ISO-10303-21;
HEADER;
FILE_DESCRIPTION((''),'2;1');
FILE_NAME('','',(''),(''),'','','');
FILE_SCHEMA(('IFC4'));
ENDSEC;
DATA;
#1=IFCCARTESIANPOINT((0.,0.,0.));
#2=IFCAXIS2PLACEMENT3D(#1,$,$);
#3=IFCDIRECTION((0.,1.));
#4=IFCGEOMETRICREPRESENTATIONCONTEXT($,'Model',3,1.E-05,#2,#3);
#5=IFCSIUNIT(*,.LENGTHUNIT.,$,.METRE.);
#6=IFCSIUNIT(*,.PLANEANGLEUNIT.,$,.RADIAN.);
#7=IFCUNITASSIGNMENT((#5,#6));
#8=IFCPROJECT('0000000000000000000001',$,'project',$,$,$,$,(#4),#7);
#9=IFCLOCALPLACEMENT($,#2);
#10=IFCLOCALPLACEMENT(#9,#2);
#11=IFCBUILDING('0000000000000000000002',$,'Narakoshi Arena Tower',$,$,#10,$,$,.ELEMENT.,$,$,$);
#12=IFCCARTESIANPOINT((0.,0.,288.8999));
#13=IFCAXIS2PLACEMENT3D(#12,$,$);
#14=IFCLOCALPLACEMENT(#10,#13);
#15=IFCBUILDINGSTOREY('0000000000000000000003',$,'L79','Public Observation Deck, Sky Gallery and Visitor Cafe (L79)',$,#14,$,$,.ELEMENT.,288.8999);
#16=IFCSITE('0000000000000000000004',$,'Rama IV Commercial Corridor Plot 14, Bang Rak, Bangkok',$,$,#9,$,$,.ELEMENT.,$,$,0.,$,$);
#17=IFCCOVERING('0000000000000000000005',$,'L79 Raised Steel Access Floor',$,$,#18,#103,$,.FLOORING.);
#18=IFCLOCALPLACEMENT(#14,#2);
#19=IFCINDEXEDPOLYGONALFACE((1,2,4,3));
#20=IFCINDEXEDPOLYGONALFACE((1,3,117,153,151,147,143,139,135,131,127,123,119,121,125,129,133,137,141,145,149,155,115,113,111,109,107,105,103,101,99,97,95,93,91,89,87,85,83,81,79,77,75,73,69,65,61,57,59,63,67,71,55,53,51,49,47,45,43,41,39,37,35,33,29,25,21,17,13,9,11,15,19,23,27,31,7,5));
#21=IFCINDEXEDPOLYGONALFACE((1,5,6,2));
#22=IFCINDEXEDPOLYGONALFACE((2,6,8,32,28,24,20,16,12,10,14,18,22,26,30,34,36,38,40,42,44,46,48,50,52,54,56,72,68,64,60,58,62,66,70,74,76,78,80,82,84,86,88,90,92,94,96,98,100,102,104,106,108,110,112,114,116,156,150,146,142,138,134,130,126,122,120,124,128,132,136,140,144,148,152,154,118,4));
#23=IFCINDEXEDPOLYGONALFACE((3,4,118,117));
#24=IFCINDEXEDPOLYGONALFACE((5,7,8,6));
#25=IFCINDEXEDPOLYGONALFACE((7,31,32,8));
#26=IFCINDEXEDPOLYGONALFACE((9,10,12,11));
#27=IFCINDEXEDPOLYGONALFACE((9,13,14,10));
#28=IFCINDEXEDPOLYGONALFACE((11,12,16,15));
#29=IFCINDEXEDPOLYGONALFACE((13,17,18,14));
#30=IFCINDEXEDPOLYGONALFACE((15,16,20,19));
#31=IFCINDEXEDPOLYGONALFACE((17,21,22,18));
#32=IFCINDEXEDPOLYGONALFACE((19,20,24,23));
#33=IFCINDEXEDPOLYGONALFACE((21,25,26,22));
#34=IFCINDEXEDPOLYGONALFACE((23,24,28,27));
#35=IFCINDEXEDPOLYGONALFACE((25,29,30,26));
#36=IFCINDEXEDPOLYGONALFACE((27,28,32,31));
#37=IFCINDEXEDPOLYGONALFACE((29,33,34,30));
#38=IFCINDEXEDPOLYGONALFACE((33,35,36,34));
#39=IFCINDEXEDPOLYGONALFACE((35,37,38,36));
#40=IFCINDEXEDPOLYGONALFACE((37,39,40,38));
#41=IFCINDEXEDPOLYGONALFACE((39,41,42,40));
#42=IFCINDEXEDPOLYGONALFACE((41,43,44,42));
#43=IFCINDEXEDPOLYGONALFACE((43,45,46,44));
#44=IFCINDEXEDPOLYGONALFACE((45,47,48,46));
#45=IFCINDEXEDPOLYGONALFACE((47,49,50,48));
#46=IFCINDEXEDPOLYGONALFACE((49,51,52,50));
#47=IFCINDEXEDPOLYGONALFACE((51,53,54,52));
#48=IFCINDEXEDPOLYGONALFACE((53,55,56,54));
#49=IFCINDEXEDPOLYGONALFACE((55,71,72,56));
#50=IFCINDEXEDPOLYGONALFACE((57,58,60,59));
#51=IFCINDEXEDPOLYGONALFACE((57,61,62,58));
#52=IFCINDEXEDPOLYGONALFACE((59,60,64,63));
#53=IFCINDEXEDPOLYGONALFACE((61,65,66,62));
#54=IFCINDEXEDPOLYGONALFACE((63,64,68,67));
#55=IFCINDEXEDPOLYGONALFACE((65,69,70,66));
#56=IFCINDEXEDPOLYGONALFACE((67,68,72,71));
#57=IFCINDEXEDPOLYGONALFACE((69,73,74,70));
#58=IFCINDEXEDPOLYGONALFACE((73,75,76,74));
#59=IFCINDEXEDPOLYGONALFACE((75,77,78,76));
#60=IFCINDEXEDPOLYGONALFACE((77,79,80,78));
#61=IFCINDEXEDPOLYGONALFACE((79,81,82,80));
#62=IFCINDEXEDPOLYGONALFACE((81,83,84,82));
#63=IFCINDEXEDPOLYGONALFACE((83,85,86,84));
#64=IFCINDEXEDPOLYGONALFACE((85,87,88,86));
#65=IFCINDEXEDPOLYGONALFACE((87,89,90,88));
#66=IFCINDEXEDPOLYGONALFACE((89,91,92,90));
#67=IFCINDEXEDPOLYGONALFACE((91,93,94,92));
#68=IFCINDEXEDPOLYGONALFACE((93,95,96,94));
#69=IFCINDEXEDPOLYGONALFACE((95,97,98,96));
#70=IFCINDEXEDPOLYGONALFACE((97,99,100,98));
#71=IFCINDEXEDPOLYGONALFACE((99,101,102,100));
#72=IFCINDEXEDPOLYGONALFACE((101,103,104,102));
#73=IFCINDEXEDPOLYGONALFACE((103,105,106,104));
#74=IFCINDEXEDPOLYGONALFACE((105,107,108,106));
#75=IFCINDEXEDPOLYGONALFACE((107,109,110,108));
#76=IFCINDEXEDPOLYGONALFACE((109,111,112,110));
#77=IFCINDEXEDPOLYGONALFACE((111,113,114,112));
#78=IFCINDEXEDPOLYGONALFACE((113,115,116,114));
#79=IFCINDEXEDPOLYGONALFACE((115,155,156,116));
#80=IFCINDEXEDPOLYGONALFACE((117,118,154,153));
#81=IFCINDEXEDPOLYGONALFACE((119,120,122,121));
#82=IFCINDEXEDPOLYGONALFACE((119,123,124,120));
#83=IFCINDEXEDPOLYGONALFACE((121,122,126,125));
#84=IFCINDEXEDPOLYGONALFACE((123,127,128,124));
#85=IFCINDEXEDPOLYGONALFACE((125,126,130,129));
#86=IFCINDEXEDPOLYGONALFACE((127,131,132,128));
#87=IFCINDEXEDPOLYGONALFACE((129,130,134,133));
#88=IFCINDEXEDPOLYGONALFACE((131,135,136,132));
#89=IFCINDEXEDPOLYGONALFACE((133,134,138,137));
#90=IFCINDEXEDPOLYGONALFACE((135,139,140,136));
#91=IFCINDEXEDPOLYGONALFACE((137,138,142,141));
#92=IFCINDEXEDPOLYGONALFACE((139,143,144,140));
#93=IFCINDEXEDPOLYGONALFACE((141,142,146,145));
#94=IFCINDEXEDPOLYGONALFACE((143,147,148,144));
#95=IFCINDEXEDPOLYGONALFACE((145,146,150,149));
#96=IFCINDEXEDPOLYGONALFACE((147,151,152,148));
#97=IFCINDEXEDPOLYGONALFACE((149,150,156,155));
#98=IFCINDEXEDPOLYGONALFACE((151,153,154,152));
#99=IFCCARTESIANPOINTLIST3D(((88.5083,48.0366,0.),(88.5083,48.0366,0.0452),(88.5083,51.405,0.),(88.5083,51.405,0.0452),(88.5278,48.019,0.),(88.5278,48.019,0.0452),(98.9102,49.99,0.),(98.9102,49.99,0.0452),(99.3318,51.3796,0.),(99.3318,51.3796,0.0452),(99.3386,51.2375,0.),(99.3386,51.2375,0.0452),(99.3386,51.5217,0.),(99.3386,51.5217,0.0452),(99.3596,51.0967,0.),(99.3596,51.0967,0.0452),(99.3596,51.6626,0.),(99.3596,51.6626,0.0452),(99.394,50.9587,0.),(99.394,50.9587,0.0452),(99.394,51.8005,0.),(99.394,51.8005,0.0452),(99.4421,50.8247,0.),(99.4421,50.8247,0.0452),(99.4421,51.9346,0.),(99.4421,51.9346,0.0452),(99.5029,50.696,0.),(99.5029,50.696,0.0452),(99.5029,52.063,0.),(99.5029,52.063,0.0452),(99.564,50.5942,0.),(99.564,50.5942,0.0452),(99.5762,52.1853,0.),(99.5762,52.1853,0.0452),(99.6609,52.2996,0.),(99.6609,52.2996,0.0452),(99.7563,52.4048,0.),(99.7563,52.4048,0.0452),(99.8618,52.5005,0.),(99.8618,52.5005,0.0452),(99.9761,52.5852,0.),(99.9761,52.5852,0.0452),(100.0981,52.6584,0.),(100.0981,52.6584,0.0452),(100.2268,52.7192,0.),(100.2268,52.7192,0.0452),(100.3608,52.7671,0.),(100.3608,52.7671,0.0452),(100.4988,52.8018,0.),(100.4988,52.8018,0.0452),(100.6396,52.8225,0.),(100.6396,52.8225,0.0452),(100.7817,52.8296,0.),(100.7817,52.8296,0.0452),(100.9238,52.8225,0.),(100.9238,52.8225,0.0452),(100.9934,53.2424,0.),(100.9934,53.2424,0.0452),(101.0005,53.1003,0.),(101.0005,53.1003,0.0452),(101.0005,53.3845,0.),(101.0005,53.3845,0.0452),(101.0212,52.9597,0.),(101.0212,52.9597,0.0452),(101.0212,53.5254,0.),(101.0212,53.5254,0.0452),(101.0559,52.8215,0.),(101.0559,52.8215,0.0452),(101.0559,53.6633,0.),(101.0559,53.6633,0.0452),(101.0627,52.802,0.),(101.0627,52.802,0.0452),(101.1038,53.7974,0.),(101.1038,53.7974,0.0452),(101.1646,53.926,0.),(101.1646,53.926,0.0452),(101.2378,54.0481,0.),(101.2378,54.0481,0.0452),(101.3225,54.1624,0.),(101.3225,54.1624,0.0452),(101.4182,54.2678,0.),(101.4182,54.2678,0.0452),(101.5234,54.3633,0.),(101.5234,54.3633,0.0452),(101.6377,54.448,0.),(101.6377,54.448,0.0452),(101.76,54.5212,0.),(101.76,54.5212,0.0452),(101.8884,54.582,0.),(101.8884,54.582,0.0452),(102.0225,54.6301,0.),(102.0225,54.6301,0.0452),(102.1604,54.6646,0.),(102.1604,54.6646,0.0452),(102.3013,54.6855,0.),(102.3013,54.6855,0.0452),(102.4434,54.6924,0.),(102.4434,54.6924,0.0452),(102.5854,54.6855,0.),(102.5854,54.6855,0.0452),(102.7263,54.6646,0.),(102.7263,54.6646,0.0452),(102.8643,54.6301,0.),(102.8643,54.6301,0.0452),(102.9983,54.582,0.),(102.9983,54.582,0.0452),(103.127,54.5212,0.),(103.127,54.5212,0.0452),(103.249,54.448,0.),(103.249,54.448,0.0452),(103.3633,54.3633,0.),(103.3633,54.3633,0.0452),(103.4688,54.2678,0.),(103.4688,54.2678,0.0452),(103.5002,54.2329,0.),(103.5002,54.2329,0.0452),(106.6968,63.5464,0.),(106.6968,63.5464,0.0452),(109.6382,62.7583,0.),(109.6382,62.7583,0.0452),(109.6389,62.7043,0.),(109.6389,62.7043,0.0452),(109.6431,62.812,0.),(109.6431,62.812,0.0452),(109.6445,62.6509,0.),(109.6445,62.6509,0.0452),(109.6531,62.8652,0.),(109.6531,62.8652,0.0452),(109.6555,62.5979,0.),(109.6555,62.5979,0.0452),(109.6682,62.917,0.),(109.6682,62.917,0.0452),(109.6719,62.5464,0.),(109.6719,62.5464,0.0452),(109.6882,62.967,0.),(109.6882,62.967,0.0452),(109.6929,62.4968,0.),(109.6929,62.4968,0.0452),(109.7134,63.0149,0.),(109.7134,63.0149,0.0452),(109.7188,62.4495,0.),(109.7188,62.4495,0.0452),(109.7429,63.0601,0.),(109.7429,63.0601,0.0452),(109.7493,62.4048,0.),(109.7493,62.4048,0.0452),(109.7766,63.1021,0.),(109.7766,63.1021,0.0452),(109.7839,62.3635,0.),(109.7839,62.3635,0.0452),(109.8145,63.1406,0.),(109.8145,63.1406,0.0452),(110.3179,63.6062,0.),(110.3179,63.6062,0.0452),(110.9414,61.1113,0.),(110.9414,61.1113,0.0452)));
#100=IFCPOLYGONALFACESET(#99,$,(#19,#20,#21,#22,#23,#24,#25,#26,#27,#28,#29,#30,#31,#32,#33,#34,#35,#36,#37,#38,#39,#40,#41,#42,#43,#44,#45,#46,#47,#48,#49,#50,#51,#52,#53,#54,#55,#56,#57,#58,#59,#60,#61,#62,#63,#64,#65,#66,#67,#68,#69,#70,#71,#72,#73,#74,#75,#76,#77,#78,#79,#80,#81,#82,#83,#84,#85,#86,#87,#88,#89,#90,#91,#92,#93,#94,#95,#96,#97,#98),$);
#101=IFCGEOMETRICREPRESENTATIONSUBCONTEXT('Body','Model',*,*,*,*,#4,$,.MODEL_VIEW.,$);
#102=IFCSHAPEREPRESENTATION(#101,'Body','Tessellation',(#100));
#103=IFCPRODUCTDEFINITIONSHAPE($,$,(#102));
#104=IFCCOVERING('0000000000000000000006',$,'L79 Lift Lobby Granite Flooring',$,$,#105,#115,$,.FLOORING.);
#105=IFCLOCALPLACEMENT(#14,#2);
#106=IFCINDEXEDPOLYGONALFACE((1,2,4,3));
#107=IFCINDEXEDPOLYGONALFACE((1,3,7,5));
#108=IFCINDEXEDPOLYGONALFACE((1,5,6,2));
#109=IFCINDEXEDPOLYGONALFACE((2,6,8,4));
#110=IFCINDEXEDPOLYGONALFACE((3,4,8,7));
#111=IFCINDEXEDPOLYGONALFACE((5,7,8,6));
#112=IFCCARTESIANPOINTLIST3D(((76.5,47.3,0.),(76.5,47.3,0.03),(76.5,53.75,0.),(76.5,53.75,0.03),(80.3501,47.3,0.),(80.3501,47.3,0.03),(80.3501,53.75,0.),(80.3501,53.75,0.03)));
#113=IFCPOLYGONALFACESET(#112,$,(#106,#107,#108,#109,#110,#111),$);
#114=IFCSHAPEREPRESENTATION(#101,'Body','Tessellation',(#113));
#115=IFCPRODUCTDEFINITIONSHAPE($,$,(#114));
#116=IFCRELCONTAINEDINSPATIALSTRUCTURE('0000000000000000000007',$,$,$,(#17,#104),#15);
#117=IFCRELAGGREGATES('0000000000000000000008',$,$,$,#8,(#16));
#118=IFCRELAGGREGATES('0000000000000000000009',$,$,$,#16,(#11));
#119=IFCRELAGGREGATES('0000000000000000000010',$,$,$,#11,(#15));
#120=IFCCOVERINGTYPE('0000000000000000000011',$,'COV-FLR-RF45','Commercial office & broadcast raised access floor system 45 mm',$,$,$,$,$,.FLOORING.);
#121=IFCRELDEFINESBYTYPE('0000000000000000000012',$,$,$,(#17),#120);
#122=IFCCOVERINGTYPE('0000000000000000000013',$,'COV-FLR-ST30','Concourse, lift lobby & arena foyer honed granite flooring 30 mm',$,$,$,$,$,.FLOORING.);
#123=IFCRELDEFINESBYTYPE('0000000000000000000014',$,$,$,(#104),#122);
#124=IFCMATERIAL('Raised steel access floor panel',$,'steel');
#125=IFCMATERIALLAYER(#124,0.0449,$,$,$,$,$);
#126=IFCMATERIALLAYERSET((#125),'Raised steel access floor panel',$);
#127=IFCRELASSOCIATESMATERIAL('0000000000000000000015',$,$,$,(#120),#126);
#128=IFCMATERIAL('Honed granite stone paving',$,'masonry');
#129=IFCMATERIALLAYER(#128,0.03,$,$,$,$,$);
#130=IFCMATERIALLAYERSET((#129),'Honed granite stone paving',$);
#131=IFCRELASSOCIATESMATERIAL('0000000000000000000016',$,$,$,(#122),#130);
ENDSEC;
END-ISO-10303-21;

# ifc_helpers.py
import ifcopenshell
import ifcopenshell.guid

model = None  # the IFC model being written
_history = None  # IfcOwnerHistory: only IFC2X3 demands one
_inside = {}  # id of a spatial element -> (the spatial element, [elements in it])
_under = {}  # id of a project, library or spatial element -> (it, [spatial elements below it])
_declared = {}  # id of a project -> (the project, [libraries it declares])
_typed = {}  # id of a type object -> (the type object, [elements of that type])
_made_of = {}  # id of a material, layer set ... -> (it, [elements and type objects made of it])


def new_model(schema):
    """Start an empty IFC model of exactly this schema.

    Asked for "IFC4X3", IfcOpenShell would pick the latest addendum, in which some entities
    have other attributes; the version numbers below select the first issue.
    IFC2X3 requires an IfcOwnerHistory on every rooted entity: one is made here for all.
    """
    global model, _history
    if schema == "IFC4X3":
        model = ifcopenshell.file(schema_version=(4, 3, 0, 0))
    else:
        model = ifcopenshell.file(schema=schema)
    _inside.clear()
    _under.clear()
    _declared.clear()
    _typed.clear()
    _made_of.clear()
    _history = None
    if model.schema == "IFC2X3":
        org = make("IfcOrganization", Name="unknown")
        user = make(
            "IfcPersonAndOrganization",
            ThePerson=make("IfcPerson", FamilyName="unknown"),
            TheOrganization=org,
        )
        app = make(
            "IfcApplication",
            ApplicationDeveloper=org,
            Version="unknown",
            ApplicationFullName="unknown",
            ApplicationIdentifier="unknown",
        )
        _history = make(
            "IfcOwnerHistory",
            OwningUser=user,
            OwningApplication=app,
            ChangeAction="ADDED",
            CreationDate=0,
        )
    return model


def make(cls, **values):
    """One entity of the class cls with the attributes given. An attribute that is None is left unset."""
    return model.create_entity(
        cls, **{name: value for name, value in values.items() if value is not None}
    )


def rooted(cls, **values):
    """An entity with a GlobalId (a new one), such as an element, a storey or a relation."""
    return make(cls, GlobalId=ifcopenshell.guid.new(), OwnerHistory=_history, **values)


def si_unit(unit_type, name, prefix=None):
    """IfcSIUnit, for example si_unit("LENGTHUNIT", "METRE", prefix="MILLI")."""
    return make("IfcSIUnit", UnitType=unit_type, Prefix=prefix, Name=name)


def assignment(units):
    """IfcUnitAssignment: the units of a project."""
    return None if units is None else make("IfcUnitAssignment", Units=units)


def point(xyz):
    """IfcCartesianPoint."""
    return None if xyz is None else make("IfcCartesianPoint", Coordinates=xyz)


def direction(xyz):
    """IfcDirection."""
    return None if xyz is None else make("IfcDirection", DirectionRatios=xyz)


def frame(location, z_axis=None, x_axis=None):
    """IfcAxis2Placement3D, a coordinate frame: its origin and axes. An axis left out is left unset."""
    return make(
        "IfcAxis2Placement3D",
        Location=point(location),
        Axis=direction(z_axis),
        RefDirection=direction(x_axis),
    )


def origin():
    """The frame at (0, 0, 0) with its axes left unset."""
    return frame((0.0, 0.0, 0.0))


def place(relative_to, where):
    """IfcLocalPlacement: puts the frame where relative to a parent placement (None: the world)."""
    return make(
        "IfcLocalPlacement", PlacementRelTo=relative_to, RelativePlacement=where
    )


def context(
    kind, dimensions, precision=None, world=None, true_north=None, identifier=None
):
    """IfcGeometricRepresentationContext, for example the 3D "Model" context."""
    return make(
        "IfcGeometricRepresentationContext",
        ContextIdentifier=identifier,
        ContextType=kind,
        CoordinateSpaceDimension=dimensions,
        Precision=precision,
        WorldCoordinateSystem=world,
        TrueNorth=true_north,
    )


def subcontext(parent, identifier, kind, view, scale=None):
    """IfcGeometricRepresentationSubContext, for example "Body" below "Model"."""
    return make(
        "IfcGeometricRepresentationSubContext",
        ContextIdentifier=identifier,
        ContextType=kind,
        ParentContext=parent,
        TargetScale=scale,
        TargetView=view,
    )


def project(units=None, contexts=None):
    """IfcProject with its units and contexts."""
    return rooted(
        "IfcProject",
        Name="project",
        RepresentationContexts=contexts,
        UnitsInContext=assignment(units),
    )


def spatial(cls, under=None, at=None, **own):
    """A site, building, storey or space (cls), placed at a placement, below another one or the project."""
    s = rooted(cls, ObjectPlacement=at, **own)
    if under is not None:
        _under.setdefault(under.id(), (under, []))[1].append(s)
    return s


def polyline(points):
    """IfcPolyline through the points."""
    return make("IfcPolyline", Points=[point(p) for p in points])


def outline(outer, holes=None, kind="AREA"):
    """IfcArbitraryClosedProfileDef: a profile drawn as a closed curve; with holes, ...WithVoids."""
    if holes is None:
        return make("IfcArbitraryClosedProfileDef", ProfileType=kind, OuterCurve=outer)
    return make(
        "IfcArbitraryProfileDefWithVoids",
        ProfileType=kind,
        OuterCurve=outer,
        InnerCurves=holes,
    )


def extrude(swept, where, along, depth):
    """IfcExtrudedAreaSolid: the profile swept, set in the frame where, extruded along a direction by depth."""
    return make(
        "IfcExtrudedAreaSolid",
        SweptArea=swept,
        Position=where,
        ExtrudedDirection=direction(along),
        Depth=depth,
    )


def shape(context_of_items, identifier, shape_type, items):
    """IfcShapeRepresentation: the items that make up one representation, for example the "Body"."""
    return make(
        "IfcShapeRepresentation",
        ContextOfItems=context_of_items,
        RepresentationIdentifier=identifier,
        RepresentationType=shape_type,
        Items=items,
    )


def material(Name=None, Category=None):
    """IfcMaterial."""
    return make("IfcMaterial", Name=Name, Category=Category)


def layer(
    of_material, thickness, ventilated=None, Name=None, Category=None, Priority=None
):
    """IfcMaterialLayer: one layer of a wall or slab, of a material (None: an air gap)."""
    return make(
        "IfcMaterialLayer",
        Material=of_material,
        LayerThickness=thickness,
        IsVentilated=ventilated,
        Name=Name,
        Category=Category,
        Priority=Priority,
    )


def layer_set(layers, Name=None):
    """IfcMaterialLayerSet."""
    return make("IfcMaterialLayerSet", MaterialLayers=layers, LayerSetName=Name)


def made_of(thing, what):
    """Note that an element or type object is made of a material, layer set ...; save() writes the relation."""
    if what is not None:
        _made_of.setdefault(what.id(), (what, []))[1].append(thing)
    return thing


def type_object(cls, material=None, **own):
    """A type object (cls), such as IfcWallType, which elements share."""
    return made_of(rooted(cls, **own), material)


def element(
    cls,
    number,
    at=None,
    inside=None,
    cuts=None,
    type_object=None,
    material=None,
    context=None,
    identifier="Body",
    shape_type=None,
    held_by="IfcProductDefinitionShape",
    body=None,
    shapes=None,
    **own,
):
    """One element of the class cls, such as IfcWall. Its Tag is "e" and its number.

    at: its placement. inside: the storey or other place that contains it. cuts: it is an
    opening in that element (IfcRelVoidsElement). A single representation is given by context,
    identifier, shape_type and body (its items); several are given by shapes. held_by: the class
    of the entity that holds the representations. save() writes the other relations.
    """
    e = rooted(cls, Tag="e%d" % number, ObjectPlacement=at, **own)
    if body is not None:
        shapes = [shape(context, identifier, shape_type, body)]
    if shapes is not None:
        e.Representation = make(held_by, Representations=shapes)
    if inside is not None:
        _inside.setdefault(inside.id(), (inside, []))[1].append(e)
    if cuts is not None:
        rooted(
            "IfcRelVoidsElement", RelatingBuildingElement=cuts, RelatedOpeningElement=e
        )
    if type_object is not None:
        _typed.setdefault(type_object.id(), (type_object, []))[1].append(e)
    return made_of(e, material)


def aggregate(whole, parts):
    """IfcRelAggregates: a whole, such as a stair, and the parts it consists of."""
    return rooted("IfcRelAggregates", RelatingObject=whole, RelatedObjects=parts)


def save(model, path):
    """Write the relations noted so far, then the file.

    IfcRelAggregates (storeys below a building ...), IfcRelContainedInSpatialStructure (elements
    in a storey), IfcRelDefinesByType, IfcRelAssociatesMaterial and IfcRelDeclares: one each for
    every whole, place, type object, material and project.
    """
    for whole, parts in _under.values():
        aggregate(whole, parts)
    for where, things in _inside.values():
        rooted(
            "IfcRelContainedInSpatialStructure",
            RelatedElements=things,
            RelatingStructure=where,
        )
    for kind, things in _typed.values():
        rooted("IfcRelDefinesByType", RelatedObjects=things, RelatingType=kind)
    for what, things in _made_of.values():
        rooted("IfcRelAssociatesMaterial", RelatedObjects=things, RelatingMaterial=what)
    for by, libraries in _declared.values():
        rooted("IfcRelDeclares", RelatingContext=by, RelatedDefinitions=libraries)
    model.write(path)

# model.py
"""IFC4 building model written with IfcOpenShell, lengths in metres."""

from ifc_helpers import new_model, si_unit, direction, frame, origin, place, context, subcontext, project, spatial, polyline, outline, extrude, material, layer, layer_set, type_object, element, save


model = new_model("IFC4")

# Units and contexts
model_context = context("Model", 3, precision=1e-05, world=origin(), true_north=direction((0.0, 1.0)))
body_context = subcontext(model_context, "Body", "Model", "MODEL_VIEW")
ifc_project = project(units=[si_unit("LENGTHUNIT", "METRE"), si_unit("PLANEANGLEUNIT", "RADIAN")], contexts=[model_context])

# Site, building, storey
site_placement = place(None, origin())
site = spatial("IfcSite", under=ifc_project, at=site_placement, Name="Rama IV Commercial Corridor Plot 14, Bang Rak, Bangkok", CompositionType="ELEMENT", RefElevation=0.0)
building_placement = place(site_placement, origin())
building = spatial("IfcBuilding", under=site, at=building_placement, Name="Narakoshi Arena Tower", CompositionType="ELEMENT")
storey_placement = place(building_placement, frame((0.0, 0.0, 288.8999)))
storey = spatial("IfcBuildingStorey", under=building, at=storey_placement, Name="L79", Description="Public Observation Deck, Sky Gallery and Visitor Cafe (L79)", CompositionType="ELEMENT", Elevation=288.8999)

# Coverings
ifc_material_1 = material(Name="Raised steel access floor panel", Category="steel")
ifc_layer_1 = layer(ifc_material_1, 0.0449)
ifc_layer_set_1 = layer_set([ifc_layer_1], Name="Raised steel access floor panel")
covering_type_1 = type_object("IfcCoveringType", Name="COV-FLR-RF45", Description="Commercial office & broadcast raised access floor system 45 mm", PredefinedType="FLOORING", material=ifc_layer_set_1)
covering_1_placement = place(storey_placement, origin())
element("IfcCovering", 1, at=covering_1_placement, inside=storey, type_object=covering_type_1, Name="L79 Raised Steel Access Floor", PredefinedType="FLOORING", context=body_context, shape_type="SweptSolid", body=[
    extrude(outline(polyline([(88.5083, 51.405), (106.6968, 63.5464), (110.3179, 63.6062), (109.8145, 63.1406), (109.7766, 63.1021), (109.7429, 63.0601), (109.7134, 63.0149), (109.6882, 62.967), (109.6682, 62.917), (109.6531, 62.8652), (109.6431, 62.812), (109.6382, 62.7583), (109.6389, 62.7043), (109.6445, 62.6509), (109.6555, 62.5979), (109.6719, 62.5464), (109.6929, 62.4968), (109.7188, 62.4495), (109.7493, 62.4048), (109.7839, 62.3635), (110.9414, 61.1113), (103.5002, 54.2329), (103.4688, 54.2678), (103.3633, 54.3633), (103.249, 54.448), (103.127, 54.5212), (102.9983, 54.582), (102.8643, 54.6301), (102.7263, 54.6646), (102.5854, 54.6855), (102.4434, 54.6924), (102.3013, 54.6855), (102.1604, 54.6646), (102.0225, 54.6301), (101.8884, 54.582), (101.76, 54.5212), (101.6377, 54.448), (101.5234, 54.3633), (101.4182, 54.2678), (101.3225, 54.1624), (101.2378, 54.0481), (101.1646, 53.926), (101.1038, 53.7974), (101.0559, 53.6633), (101.0212, 53.5254), (101.0005, 53.3845), (100.9934, 53.2424), (101.0005, 53.1003), (101.0212, 52.9597), (101.0559, 52.8215), (101.0627, 52.802), (100.9238, 52.8225), (100.7817, 52.8296), (100.6396, 52.8225), (100.4988, 52.8018), (100.3608, 52.7671), (100.2268, 52.7192), (100.0981, 52.6584), (99.9761, 52.5852), (99.8618, 52.5005), (99.7563, 52.4048), (99.6609, 52.2996), (99.5762, 52.1853), (99.5029, 52.063), (99.4421, 51.9346), (99.394, 51.8005), (99.3596, 51.6626), (99.3386, 51.5217), (99.3318, 51.3796), (99.3386, 51.2375), (99.3596, 51.0967), (99.394, 50.9587), (99.4421, 50.8247), (99.5029, 50.696), (99.564, 50.5942), (98.9102, 49.99), (88.5278, 48.019), (88.5083, 48.0366), (88.5083, 51.405)])), origin(), (0.0, 0.0, 1.0), 0.0452),
])
ifc_material_2 = material(Name="Honed granite stone paving", Category="masonry")
ifc_layer_2 = layer(ifc_material_2, 0.03)
ifc_layer_set_2 = layer_set([ifc_layer_2], Name="Honed granite stone paving")
covering_type_2 = type_object("IfcCoveringType", Name="COV-FLR-ST30", Description="Concourse, lift lobby & arena foyer honed granite flooring 30 mm", PredefinedType="FLOORING", material=ifc_layer_set_2)
covering_2_placement = place(storey_placement, origin())
element("IfcCovering", 2, at=covering_2_placement, inside=storey, type_object=covering_type_2, Name="L79 Lift Lobby Granite Flooring", PredefinedType="FLOORING", context=body_context, shape_type="SweptSolid", body=[
    extrude(outline(polyline([(76.5, 47.3), (80.3501, 47.3), (80.3501, 53.75), (76.5, 53.75), (76.5, 47.3)])), origin(), (0.0, 0.0, 1.0), 0.03),
])

save(model, "model.ifc")
